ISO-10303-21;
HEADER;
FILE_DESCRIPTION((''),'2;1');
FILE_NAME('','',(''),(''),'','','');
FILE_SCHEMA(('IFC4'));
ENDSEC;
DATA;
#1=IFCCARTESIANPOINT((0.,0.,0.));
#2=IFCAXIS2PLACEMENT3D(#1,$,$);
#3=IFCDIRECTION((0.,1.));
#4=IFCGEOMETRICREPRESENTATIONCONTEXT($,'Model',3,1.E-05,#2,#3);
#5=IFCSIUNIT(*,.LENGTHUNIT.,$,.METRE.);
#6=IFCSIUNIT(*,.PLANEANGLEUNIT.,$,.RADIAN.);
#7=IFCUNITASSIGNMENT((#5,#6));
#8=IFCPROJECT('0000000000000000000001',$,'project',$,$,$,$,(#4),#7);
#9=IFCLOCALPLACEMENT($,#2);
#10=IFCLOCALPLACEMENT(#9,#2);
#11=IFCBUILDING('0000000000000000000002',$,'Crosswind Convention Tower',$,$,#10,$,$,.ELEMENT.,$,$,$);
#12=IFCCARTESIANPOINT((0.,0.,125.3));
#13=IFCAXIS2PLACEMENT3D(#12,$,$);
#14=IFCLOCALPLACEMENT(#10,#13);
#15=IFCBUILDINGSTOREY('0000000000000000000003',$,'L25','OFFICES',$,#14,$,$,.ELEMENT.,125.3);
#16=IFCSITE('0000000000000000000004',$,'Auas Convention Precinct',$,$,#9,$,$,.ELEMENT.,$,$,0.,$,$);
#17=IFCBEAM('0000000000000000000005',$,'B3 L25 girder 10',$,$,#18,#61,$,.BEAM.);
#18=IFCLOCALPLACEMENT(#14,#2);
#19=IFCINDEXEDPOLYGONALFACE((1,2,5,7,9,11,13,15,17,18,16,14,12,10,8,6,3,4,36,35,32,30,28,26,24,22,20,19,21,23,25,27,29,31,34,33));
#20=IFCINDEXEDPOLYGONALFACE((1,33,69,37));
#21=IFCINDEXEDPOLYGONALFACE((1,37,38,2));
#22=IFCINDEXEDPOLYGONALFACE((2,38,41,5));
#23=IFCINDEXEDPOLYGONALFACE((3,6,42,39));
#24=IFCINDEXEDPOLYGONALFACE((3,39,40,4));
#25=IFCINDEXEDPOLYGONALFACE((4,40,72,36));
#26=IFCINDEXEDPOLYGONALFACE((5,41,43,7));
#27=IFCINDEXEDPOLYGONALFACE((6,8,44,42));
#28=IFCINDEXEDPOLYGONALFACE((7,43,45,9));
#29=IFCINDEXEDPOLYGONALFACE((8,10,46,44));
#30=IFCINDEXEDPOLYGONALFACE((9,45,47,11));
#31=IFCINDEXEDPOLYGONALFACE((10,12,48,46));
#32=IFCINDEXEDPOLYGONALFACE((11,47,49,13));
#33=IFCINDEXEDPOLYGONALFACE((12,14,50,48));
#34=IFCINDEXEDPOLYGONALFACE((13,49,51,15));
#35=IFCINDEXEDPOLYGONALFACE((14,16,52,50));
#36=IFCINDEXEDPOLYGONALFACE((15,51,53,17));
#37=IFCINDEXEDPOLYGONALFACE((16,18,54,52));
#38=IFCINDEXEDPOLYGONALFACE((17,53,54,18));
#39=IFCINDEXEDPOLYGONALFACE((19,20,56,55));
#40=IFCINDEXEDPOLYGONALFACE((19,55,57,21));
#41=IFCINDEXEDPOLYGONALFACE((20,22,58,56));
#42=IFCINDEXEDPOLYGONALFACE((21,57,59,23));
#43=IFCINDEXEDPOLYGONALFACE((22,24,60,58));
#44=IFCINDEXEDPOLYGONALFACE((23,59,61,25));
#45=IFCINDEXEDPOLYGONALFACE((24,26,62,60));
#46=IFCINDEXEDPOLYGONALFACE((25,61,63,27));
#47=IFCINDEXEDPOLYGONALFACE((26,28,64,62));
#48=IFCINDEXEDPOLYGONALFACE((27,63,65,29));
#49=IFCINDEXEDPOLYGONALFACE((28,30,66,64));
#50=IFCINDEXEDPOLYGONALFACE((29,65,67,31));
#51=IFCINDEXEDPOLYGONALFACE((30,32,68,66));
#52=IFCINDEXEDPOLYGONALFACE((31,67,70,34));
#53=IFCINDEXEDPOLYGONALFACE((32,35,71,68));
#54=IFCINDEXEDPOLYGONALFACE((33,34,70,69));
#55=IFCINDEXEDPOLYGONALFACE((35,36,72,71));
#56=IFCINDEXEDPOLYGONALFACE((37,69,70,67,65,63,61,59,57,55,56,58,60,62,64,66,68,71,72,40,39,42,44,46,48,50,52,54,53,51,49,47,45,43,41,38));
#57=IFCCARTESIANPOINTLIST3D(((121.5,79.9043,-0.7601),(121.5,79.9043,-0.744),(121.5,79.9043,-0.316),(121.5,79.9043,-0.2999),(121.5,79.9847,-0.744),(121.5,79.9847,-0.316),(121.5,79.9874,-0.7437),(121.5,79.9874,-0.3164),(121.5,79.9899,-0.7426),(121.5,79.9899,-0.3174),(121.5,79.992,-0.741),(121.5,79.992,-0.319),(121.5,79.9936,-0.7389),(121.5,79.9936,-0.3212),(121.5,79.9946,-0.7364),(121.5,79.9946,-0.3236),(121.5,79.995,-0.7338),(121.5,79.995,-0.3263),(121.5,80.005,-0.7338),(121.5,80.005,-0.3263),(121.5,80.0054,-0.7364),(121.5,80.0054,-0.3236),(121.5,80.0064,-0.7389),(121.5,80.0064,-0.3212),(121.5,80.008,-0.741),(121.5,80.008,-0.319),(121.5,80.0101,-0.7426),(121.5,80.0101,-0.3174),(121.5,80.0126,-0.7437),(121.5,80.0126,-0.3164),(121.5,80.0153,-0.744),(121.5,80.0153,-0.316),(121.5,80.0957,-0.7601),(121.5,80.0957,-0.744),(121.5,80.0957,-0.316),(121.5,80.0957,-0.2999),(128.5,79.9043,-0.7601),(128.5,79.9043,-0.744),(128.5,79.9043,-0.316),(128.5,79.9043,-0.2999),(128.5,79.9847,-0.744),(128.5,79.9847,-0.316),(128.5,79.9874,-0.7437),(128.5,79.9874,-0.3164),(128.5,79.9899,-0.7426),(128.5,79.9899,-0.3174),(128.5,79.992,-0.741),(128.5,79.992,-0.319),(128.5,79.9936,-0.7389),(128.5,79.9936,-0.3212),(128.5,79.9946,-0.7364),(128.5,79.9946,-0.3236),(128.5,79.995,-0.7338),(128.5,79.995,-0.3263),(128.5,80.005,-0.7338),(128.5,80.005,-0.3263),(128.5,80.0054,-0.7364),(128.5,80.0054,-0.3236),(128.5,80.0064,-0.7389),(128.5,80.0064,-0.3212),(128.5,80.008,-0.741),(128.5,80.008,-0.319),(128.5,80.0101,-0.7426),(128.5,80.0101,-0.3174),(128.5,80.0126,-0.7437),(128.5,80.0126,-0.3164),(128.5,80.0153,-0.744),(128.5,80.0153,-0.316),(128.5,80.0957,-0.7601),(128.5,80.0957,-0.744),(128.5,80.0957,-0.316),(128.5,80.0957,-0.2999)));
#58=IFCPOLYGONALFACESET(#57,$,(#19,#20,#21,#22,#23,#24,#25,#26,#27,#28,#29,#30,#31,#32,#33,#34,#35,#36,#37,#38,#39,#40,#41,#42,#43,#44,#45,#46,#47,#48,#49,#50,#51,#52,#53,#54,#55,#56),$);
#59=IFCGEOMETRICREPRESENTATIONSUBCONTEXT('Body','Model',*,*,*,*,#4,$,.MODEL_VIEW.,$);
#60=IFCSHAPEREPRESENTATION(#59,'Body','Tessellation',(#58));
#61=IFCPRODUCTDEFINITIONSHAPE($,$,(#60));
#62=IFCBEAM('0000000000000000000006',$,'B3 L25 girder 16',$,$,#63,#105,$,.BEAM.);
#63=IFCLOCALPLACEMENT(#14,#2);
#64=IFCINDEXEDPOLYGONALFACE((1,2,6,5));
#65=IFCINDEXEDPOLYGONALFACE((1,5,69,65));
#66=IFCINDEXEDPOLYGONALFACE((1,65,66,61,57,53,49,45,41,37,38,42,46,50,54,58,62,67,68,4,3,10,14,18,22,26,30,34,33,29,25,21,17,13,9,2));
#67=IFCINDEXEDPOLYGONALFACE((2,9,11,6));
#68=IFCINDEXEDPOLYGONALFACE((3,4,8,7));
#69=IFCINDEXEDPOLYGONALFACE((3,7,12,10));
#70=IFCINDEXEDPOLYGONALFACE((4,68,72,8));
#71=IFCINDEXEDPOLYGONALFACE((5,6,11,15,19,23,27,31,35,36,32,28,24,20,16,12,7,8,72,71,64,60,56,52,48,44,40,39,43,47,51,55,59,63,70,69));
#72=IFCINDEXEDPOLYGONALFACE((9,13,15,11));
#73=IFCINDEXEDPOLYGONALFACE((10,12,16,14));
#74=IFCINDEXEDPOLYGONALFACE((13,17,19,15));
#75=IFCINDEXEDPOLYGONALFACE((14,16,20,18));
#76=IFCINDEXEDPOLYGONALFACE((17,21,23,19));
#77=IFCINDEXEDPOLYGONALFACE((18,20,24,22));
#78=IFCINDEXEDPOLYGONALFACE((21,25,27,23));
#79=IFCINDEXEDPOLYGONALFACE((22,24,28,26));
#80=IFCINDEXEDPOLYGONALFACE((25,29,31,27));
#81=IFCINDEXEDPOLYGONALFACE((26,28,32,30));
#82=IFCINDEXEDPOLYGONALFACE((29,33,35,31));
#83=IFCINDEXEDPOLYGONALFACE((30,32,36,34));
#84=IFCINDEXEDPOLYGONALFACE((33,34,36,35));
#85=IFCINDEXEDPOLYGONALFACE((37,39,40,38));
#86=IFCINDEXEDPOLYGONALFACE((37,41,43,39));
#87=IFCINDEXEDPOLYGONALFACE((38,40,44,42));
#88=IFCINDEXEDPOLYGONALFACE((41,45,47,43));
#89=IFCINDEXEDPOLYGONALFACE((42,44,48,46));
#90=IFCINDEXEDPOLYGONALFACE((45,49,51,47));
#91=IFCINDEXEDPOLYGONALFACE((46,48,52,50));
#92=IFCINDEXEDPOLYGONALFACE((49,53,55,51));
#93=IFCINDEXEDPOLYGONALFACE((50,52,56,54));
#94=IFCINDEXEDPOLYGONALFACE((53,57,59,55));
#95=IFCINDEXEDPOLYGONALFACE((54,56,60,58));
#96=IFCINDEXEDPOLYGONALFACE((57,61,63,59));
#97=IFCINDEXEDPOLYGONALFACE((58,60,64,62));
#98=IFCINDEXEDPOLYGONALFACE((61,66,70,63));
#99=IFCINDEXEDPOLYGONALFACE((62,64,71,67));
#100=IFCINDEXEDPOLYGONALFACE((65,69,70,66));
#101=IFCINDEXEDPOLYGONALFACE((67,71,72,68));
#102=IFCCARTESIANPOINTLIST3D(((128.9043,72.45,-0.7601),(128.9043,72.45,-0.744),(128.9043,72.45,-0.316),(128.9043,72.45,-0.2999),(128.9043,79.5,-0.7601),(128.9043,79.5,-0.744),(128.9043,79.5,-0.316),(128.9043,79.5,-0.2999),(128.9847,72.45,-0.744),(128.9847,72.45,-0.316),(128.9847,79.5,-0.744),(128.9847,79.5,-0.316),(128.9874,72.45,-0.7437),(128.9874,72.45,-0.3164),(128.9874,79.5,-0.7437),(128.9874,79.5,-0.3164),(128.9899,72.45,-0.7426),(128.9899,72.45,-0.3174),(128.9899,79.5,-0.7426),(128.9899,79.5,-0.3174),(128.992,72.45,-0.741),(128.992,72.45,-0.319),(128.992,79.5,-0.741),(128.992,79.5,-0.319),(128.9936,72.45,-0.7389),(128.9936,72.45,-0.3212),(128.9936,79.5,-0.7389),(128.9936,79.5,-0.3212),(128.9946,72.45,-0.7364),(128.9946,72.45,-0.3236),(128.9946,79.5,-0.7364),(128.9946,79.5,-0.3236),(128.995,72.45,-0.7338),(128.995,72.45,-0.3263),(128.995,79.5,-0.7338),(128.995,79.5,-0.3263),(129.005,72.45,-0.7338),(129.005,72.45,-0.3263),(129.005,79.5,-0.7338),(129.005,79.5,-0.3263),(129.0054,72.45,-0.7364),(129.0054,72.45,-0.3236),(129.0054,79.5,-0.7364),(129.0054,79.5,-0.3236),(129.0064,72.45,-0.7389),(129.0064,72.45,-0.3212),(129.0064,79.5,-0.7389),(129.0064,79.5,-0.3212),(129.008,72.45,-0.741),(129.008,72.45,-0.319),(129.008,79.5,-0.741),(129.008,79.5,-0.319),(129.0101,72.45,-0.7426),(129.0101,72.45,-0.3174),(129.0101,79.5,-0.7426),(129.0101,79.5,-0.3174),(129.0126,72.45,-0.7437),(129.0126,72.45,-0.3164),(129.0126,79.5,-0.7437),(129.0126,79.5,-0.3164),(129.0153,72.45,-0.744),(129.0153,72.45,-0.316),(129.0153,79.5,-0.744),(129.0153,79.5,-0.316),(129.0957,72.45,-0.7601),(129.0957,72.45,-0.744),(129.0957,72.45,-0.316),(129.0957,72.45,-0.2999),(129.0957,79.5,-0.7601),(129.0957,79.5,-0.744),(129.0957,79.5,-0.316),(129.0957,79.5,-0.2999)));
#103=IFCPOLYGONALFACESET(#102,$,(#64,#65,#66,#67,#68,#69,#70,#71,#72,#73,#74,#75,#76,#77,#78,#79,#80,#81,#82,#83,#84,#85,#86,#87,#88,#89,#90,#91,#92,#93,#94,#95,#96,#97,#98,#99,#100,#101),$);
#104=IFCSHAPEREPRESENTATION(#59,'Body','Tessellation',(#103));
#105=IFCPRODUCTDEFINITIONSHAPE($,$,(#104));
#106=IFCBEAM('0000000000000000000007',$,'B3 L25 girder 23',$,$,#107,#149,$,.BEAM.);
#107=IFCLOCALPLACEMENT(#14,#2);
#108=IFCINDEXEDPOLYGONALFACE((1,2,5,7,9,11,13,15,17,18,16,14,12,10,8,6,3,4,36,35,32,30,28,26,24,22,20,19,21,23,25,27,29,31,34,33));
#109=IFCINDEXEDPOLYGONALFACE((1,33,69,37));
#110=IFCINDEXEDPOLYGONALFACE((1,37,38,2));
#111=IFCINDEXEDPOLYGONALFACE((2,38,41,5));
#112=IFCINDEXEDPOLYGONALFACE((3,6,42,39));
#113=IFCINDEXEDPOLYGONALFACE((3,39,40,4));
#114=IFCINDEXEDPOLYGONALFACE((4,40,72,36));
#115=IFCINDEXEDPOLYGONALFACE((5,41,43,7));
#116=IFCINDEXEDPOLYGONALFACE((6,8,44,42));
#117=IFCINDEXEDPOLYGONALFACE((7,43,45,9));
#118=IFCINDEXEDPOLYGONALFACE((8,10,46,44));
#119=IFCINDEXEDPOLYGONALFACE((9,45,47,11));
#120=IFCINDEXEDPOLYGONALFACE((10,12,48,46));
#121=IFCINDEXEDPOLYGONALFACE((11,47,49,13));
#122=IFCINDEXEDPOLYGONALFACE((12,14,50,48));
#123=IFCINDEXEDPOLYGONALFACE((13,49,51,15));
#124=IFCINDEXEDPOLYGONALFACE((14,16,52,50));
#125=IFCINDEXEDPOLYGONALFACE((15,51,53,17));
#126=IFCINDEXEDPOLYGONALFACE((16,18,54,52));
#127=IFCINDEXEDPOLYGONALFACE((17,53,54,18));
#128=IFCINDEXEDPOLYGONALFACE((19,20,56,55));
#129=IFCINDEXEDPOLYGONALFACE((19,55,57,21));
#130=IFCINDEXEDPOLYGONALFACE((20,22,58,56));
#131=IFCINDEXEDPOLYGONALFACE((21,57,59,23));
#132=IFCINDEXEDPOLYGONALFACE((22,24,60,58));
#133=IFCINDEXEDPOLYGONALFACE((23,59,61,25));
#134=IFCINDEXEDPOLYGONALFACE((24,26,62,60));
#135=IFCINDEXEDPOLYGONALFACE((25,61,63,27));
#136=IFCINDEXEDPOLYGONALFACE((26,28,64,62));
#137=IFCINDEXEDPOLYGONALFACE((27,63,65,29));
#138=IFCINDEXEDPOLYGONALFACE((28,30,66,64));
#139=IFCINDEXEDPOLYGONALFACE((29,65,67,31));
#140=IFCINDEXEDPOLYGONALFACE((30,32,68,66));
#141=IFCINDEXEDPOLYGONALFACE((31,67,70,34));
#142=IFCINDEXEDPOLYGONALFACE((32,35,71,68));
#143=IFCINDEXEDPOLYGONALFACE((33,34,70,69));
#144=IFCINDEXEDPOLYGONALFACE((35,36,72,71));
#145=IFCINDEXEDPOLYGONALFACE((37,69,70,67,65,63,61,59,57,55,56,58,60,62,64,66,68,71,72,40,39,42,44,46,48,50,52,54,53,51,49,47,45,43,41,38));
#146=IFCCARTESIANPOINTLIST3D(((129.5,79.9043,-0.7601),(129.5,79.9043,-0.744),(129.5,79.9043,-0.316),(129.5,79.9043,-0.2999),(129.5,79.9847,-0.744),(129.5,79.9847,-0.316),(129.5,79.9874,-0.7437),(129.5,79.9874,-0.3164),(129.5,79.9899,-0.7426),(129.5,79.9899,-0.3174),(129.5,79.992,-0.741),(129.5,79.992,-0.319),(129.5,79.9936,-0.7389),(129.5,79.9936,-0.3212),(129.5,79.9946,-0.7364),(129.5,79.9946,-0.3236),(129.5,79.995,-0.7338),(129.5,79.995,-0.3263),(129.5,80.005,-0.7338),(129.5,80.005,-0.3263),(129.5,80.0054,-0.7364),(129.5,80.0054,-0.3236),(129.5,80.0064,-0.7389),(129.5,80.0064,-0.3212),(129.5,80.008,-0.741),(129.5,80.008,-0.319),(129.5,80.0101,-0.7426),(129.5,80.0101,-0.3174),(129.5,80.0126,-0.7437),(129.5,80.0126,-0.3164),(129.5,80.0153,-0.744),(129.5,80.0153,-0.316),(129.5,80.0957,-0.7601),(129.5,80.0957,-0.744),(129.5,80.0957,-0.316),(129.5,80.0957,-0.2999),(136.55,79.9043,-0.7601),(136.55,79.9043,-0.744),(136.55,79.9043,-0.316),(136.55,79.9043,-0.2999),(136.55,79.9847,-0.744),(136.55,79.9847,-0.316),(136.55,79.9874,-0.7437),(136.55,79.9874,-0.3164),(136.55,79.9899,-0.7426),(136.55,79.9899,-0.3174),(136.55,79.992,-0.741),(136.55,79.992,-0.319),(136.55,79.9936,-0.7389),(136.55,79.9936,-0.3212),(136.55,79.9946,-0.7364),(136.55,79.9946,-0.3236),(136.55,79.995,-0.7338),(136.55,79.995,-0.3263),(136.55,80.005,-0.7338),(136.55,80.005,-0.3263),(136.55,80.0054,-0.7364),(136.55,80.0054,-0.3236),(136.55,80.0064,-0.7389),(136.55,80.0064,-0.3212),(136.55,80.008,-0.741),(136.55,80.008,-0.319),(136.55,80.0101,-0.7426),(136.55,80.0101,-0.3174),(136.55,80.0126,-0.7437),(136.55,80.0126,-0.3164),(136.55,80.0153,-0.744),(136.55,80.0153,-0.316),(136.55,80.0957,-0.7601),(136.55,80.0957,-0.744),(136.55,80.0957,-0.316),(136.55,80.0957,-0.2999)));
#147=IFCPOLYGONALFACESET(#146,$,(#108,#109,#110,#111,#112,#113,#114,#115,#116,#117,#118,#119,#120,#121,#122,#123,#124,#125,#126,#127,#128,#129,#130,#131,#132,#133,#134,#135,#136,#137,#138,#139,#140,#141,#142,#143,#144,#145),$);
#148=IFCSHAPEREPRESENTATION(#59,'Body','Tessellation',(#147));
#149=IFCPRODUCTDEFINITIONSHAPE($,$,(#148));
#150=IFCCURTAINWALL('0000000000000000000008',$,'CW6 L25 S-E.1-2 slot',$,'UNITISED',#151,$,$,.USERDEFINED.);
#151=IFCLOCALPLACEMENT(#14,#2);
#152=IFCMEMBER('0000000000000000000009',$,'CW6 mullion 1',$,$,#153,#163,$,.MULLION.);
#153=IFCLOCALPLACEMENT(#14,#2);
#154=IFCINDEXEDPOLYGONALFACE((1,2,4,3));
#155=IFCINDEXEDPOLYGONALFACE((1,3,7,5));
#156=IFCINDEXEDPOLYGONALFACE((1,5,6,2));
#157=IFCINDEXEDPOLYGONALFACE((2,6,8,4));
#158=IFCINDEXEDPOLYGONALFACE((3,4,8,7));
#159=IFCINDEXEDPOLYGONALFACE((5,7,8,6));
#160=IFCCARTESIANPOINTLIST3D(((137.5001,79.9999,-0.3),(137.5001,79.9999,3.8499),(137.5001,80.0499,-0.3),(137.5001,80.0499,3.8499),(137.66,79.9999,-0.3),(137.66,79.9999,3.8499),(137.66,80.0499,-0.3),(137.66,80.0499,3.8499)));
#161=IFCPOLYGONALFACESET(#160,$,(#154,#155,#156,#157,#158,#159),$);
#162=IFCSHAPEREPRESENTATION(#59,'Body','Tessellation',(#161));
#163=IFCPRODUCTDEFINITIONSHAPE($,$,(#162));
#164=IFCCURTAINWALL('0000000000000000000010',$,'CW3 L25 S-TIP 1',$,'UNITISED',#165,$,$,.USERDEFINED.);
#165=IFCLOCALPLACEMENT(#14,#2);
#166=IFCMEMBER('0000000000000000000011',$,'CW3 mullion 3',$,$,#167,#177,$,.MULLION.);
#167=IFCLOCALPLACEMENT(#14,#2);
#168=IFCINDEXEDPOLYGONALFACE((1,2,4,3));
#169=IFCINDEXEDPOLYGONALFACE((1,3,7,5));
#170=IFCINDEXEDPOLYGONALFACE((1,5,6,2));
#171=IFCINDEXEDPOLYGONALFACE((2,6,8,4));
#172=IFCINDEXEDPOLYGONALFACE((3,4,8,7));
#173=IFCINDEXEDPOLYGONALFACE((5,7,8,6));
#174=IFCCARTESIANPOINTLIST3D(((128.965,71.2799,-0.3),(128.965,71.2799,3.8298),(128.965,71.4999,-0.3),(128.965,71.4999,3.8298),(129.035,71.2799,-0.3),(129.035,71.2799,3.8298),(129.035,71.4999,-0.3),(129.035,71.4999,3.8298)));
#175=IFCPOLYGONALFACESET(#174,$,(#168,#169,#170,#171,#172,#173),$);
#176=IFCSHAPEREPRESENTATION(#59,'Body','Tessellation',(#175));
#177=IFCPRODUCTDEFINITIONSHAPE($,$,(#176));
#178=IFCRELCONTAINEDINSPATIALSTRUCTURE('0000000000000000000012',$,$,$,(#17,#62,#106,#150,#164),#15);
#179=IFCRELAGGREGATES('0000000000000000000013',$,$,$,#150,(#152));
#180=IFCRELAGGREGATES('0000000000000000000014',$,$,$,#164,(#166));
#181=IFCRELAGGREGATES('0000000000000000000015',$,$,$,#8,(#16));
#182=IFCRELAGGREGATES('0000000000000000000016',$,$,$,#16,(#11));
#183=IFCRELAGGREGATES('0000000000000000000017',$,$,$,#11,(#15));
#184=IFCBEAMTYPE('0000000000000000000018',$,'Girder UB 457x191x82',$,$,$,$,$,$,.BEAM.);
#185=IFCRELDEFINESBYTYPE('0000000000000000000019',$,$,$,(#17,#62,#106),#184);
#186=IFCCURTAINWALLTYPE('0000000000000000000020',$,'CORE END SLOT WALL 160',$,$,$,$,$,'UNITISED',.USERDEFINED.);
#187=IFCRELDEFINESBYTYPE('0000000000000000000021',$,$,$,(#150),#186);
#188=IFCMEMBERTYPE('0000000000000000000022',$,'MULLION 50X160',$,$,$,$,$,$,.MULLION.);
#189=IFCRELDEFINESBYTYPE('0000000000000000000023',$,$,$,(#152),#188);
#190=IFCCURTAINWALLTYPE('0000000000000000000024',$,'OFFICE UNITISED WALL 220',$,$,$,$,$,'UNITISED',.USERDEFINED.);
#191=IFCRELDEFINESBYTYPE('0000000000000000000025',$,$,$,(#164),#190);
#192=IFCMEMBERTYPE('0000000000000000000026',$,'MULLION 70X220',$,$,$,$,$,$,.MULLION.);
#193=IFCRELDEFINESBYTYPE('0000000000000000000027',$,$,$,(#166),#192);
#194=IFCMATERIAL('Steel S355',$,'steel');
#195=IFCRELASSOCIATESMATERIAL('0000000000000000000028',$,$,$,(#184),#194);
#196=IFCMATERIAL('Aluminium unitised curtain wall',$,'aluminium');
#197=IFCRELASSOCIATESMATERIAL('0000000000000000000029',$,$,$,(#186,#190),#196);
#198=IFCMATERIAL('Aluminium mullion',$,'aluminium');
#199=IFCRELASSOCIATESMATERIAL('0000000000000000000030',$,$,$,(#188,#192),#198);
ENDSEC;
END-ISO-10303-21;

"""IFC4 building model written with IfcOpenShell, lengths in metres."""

from ifc_helpers import new_model, si_unit, direction, frame, origin, origin_2d, place, context, subcontext, project, spatial, rectangle, i_section, extrude, material, material_profile, profile_set, type_object, element, aggregate, save


model = new_model("IFC4")

# Units and contexts
model_context = context("Model", 3, precision=1e-05, world=origin(), true_north=direction((0.0, 1.0)))
body_context = subcontext(model_context, "Body", "Model", "MODEL_VIEW")
ifc_project = project(units=[si_unit("LENGTHUNIT", "METRE"), si_unit("PLANEANGLEUNIT", "RADIAN")], contexts=[model_context])

# Site, building, storey
site_placement = place(None, origin())
site = spatial("IfcSite", under=ifc_project, at=site_placement, Name="Auas Convention Precinct", CompositionType="ELEMENT", RefElevation=0.0)
building_placement = place(site_placement, origin())
building = spatial("IfcBuilding", under=site, at=building_placement, Name="Crosswind Convention Tower", CompositionType="ELEMENT")
storey_placement = place(building_placement, frame((0.0, 0.0, 125.3)))
storey = spatial("IfcBuildingStorey", under=building, at=storey_placement, Name="L25", Description="OFFICES", CompositionType="ELEMENT", Elevation=125.3)

# Beams
ifc_material_1 = material(Name="Steel S355", Category="steel")
ifc_material_profile_1 = material_profile(ifc_material_1, i_section(OverallWidth=0.1914, OverallDepth=0.4602, WebThickness=0.01, FlangeThickness=0.0161, FilletRadius=0.0103, at=origin_2d()), Name="UB 457x191x82")
ifc_profile_set_1 = profile_set([ifc_material_profile_1], Name="Steel S355")
beam_type_1 = type_object("IfcBeamType", Name="Girder UB 457x191x82", PredefinedType="BEAM", material=ifc_profile_set_1)
beam_1_placement = place(storey_placement, frame((121.5, 80.0, -0.53), z_axis=(1.0, 0.0, 0.0), x_axis=(0.0, 1.0, 0.0)))
element("IfcBeam", 1, at=beam_1_placement, inside=storey, type_object=beam_type_1, Name="B3 L25 girder 10", PredefinedType="BEAM", context=body_context, shape_type="SweptSolid", body=[
    extrude(i_section(OverallWidth=0.1914, OverallDepth=0.4602, WebThickness=0.01, FlangeThickness=0.0161, FilletRadius=0.0103, at=origin_2d()), origin(), (0.0, 0.0, 1.0), 7.0),
])
for number, where, z_axis, x_axis, name in (
    (2, (129.0, 72.45, -0.53), (0.0, 1.0, 0.0), (-1.0, 0.0, 0.0), "B3 L25 girder 16"),
    (3, (129.5, 80.0, -0.53), (1.0, 0.0, 0.0), (0.0, 1.0, 0.0), "B3 L25 girder 23"),
):
    element("IfcBeam", number, at=place(storey_placement, frame(where, z_axis=z_axis, x_axis=x_axis)), inside=storey, type_object=beam_type_1, Name=name, PredefinedType="BEAM", context=body_context, shape_type="SweptSolid", body=[
        extrude(i_section(OverallWidth=0.1914, OverallDepth=0.4602, WebThickness=0.01, FlangeThickness=0.0161, FilletRadius=0.0103, at=origin_2d()), origin(), (0.0, 0.0, 1.0), 7.05),
    ])

# Curtain walls, members
ifc_material_2 = material(Name="Aluminium unitised curtain wall", Category="aluminium")
curtain_wall_type_1 = type_object("IfcCurtainWallType", Name="CORE END SLOT WALL 160", ElementType="UNITISED", PredefinedType="USERDEFINED", material=ifc_material_2)
curtain_wall_1_placement = place(storey_placement, origin())
curtain_wall_1 = element("IfcCurtainWall", 4, at=curtain_wall_1_placement, inside=storey, type_object=curtain_wall_type_1, Name="CW6 L25 S-E.1-2 slot", ObjectType="UNITISED", PredefinedType="USERDEFINED")
ifc_material_3 = material(Name="Aluminium mullion", Category="aluminium")
ifc_material_profile_2 = material_profile(ifc_material_3, rectangle(XDim=0.1599, YDim=0.05, at=origin_2d()), Name="AL 160X50")
ifc_profile_set_2 = profile_set([ifc_material_profile_2], Name="Aluminium mullion")
member_type_1 = type_object("IfcMemberType", Name="MULLION 50X160", PredefinedType="MULLION", material=ifc_profile_set_2)
member_1_placement = place(storey_placement, frame((137.5801, 80.0249, -0.3), z_axis=(0.0, 0.0, 1.0), x_axis=(1.0, 0.0, 0.0)))
member_1 = element("IfcMember", 5, at=member_1_placement, type_object=member_type_1, Name="CW6 mullion 1", PredefinedType="MULLION", context=body_context, shape_type="SweptSolid", body=[
    extrude(rectangle(XDim=0.1599, YDim=0.05, at=origin_2d()), origin(), (0.0, 0.0, 1.0), 4.1499),
])
curtain_wall_type_2 = type_object("IfcCurtainWallType", Name="OFFICE UNITISED WALL 220", ElementType="UNITISED", PredefinedType="USERDEFINED", material=ifc_material_2)
curtain_wall_2_placement = place(storey_placement, origin())
curtain_wall_2 = element("IfcCurtainWall", 6, at=curtain_wall_2_placement, inside=storey, type_object=curtain_wall_type_2, Name="CW3 L25 S-TIP 1", ObjectType="UNITISED", PredefinedType="USERDEFINED")
ifc_material_profile_3 = material_profile(ifc_material_3, rectangle(XDim=0.22, YDim=0.0701, at=origin_2d()), Name="AL 220X70")
ifc_profile_set_3 = profile_set([ifc_material_profile_3], Name="Aluminium mullion")
member_type_2 = type_object("IfcMemberType", Name="MULLION 70X220", PredefinedType="MULLION", material=ifc_profile_set_3)
member_2_placement = place(storey_placement, frame((129.0, 71.3899, -0.3), z_axis=(0.0, 0.0, 1.0), x_axis=(0.0, -1.0, 0.0)))
member_2 = element("IfcMember", 7, at=member_2_placement, type_object=member_type_2, Name="CW3 mullion 3", PredefinedType="MULLION", context=body_context, shape_type="SweptSolid", body=[
    extrude(rectangle(XDim=0.22, YDim=0.0701, at=origin_2d()), origin(), (0.0, 0.0, 1.0), 4.1299),
])

aggregate(curtain_wall_1, [member_1])

aggregate(curtain_wall_2, [member_2])

save(model, "model.ifc")
